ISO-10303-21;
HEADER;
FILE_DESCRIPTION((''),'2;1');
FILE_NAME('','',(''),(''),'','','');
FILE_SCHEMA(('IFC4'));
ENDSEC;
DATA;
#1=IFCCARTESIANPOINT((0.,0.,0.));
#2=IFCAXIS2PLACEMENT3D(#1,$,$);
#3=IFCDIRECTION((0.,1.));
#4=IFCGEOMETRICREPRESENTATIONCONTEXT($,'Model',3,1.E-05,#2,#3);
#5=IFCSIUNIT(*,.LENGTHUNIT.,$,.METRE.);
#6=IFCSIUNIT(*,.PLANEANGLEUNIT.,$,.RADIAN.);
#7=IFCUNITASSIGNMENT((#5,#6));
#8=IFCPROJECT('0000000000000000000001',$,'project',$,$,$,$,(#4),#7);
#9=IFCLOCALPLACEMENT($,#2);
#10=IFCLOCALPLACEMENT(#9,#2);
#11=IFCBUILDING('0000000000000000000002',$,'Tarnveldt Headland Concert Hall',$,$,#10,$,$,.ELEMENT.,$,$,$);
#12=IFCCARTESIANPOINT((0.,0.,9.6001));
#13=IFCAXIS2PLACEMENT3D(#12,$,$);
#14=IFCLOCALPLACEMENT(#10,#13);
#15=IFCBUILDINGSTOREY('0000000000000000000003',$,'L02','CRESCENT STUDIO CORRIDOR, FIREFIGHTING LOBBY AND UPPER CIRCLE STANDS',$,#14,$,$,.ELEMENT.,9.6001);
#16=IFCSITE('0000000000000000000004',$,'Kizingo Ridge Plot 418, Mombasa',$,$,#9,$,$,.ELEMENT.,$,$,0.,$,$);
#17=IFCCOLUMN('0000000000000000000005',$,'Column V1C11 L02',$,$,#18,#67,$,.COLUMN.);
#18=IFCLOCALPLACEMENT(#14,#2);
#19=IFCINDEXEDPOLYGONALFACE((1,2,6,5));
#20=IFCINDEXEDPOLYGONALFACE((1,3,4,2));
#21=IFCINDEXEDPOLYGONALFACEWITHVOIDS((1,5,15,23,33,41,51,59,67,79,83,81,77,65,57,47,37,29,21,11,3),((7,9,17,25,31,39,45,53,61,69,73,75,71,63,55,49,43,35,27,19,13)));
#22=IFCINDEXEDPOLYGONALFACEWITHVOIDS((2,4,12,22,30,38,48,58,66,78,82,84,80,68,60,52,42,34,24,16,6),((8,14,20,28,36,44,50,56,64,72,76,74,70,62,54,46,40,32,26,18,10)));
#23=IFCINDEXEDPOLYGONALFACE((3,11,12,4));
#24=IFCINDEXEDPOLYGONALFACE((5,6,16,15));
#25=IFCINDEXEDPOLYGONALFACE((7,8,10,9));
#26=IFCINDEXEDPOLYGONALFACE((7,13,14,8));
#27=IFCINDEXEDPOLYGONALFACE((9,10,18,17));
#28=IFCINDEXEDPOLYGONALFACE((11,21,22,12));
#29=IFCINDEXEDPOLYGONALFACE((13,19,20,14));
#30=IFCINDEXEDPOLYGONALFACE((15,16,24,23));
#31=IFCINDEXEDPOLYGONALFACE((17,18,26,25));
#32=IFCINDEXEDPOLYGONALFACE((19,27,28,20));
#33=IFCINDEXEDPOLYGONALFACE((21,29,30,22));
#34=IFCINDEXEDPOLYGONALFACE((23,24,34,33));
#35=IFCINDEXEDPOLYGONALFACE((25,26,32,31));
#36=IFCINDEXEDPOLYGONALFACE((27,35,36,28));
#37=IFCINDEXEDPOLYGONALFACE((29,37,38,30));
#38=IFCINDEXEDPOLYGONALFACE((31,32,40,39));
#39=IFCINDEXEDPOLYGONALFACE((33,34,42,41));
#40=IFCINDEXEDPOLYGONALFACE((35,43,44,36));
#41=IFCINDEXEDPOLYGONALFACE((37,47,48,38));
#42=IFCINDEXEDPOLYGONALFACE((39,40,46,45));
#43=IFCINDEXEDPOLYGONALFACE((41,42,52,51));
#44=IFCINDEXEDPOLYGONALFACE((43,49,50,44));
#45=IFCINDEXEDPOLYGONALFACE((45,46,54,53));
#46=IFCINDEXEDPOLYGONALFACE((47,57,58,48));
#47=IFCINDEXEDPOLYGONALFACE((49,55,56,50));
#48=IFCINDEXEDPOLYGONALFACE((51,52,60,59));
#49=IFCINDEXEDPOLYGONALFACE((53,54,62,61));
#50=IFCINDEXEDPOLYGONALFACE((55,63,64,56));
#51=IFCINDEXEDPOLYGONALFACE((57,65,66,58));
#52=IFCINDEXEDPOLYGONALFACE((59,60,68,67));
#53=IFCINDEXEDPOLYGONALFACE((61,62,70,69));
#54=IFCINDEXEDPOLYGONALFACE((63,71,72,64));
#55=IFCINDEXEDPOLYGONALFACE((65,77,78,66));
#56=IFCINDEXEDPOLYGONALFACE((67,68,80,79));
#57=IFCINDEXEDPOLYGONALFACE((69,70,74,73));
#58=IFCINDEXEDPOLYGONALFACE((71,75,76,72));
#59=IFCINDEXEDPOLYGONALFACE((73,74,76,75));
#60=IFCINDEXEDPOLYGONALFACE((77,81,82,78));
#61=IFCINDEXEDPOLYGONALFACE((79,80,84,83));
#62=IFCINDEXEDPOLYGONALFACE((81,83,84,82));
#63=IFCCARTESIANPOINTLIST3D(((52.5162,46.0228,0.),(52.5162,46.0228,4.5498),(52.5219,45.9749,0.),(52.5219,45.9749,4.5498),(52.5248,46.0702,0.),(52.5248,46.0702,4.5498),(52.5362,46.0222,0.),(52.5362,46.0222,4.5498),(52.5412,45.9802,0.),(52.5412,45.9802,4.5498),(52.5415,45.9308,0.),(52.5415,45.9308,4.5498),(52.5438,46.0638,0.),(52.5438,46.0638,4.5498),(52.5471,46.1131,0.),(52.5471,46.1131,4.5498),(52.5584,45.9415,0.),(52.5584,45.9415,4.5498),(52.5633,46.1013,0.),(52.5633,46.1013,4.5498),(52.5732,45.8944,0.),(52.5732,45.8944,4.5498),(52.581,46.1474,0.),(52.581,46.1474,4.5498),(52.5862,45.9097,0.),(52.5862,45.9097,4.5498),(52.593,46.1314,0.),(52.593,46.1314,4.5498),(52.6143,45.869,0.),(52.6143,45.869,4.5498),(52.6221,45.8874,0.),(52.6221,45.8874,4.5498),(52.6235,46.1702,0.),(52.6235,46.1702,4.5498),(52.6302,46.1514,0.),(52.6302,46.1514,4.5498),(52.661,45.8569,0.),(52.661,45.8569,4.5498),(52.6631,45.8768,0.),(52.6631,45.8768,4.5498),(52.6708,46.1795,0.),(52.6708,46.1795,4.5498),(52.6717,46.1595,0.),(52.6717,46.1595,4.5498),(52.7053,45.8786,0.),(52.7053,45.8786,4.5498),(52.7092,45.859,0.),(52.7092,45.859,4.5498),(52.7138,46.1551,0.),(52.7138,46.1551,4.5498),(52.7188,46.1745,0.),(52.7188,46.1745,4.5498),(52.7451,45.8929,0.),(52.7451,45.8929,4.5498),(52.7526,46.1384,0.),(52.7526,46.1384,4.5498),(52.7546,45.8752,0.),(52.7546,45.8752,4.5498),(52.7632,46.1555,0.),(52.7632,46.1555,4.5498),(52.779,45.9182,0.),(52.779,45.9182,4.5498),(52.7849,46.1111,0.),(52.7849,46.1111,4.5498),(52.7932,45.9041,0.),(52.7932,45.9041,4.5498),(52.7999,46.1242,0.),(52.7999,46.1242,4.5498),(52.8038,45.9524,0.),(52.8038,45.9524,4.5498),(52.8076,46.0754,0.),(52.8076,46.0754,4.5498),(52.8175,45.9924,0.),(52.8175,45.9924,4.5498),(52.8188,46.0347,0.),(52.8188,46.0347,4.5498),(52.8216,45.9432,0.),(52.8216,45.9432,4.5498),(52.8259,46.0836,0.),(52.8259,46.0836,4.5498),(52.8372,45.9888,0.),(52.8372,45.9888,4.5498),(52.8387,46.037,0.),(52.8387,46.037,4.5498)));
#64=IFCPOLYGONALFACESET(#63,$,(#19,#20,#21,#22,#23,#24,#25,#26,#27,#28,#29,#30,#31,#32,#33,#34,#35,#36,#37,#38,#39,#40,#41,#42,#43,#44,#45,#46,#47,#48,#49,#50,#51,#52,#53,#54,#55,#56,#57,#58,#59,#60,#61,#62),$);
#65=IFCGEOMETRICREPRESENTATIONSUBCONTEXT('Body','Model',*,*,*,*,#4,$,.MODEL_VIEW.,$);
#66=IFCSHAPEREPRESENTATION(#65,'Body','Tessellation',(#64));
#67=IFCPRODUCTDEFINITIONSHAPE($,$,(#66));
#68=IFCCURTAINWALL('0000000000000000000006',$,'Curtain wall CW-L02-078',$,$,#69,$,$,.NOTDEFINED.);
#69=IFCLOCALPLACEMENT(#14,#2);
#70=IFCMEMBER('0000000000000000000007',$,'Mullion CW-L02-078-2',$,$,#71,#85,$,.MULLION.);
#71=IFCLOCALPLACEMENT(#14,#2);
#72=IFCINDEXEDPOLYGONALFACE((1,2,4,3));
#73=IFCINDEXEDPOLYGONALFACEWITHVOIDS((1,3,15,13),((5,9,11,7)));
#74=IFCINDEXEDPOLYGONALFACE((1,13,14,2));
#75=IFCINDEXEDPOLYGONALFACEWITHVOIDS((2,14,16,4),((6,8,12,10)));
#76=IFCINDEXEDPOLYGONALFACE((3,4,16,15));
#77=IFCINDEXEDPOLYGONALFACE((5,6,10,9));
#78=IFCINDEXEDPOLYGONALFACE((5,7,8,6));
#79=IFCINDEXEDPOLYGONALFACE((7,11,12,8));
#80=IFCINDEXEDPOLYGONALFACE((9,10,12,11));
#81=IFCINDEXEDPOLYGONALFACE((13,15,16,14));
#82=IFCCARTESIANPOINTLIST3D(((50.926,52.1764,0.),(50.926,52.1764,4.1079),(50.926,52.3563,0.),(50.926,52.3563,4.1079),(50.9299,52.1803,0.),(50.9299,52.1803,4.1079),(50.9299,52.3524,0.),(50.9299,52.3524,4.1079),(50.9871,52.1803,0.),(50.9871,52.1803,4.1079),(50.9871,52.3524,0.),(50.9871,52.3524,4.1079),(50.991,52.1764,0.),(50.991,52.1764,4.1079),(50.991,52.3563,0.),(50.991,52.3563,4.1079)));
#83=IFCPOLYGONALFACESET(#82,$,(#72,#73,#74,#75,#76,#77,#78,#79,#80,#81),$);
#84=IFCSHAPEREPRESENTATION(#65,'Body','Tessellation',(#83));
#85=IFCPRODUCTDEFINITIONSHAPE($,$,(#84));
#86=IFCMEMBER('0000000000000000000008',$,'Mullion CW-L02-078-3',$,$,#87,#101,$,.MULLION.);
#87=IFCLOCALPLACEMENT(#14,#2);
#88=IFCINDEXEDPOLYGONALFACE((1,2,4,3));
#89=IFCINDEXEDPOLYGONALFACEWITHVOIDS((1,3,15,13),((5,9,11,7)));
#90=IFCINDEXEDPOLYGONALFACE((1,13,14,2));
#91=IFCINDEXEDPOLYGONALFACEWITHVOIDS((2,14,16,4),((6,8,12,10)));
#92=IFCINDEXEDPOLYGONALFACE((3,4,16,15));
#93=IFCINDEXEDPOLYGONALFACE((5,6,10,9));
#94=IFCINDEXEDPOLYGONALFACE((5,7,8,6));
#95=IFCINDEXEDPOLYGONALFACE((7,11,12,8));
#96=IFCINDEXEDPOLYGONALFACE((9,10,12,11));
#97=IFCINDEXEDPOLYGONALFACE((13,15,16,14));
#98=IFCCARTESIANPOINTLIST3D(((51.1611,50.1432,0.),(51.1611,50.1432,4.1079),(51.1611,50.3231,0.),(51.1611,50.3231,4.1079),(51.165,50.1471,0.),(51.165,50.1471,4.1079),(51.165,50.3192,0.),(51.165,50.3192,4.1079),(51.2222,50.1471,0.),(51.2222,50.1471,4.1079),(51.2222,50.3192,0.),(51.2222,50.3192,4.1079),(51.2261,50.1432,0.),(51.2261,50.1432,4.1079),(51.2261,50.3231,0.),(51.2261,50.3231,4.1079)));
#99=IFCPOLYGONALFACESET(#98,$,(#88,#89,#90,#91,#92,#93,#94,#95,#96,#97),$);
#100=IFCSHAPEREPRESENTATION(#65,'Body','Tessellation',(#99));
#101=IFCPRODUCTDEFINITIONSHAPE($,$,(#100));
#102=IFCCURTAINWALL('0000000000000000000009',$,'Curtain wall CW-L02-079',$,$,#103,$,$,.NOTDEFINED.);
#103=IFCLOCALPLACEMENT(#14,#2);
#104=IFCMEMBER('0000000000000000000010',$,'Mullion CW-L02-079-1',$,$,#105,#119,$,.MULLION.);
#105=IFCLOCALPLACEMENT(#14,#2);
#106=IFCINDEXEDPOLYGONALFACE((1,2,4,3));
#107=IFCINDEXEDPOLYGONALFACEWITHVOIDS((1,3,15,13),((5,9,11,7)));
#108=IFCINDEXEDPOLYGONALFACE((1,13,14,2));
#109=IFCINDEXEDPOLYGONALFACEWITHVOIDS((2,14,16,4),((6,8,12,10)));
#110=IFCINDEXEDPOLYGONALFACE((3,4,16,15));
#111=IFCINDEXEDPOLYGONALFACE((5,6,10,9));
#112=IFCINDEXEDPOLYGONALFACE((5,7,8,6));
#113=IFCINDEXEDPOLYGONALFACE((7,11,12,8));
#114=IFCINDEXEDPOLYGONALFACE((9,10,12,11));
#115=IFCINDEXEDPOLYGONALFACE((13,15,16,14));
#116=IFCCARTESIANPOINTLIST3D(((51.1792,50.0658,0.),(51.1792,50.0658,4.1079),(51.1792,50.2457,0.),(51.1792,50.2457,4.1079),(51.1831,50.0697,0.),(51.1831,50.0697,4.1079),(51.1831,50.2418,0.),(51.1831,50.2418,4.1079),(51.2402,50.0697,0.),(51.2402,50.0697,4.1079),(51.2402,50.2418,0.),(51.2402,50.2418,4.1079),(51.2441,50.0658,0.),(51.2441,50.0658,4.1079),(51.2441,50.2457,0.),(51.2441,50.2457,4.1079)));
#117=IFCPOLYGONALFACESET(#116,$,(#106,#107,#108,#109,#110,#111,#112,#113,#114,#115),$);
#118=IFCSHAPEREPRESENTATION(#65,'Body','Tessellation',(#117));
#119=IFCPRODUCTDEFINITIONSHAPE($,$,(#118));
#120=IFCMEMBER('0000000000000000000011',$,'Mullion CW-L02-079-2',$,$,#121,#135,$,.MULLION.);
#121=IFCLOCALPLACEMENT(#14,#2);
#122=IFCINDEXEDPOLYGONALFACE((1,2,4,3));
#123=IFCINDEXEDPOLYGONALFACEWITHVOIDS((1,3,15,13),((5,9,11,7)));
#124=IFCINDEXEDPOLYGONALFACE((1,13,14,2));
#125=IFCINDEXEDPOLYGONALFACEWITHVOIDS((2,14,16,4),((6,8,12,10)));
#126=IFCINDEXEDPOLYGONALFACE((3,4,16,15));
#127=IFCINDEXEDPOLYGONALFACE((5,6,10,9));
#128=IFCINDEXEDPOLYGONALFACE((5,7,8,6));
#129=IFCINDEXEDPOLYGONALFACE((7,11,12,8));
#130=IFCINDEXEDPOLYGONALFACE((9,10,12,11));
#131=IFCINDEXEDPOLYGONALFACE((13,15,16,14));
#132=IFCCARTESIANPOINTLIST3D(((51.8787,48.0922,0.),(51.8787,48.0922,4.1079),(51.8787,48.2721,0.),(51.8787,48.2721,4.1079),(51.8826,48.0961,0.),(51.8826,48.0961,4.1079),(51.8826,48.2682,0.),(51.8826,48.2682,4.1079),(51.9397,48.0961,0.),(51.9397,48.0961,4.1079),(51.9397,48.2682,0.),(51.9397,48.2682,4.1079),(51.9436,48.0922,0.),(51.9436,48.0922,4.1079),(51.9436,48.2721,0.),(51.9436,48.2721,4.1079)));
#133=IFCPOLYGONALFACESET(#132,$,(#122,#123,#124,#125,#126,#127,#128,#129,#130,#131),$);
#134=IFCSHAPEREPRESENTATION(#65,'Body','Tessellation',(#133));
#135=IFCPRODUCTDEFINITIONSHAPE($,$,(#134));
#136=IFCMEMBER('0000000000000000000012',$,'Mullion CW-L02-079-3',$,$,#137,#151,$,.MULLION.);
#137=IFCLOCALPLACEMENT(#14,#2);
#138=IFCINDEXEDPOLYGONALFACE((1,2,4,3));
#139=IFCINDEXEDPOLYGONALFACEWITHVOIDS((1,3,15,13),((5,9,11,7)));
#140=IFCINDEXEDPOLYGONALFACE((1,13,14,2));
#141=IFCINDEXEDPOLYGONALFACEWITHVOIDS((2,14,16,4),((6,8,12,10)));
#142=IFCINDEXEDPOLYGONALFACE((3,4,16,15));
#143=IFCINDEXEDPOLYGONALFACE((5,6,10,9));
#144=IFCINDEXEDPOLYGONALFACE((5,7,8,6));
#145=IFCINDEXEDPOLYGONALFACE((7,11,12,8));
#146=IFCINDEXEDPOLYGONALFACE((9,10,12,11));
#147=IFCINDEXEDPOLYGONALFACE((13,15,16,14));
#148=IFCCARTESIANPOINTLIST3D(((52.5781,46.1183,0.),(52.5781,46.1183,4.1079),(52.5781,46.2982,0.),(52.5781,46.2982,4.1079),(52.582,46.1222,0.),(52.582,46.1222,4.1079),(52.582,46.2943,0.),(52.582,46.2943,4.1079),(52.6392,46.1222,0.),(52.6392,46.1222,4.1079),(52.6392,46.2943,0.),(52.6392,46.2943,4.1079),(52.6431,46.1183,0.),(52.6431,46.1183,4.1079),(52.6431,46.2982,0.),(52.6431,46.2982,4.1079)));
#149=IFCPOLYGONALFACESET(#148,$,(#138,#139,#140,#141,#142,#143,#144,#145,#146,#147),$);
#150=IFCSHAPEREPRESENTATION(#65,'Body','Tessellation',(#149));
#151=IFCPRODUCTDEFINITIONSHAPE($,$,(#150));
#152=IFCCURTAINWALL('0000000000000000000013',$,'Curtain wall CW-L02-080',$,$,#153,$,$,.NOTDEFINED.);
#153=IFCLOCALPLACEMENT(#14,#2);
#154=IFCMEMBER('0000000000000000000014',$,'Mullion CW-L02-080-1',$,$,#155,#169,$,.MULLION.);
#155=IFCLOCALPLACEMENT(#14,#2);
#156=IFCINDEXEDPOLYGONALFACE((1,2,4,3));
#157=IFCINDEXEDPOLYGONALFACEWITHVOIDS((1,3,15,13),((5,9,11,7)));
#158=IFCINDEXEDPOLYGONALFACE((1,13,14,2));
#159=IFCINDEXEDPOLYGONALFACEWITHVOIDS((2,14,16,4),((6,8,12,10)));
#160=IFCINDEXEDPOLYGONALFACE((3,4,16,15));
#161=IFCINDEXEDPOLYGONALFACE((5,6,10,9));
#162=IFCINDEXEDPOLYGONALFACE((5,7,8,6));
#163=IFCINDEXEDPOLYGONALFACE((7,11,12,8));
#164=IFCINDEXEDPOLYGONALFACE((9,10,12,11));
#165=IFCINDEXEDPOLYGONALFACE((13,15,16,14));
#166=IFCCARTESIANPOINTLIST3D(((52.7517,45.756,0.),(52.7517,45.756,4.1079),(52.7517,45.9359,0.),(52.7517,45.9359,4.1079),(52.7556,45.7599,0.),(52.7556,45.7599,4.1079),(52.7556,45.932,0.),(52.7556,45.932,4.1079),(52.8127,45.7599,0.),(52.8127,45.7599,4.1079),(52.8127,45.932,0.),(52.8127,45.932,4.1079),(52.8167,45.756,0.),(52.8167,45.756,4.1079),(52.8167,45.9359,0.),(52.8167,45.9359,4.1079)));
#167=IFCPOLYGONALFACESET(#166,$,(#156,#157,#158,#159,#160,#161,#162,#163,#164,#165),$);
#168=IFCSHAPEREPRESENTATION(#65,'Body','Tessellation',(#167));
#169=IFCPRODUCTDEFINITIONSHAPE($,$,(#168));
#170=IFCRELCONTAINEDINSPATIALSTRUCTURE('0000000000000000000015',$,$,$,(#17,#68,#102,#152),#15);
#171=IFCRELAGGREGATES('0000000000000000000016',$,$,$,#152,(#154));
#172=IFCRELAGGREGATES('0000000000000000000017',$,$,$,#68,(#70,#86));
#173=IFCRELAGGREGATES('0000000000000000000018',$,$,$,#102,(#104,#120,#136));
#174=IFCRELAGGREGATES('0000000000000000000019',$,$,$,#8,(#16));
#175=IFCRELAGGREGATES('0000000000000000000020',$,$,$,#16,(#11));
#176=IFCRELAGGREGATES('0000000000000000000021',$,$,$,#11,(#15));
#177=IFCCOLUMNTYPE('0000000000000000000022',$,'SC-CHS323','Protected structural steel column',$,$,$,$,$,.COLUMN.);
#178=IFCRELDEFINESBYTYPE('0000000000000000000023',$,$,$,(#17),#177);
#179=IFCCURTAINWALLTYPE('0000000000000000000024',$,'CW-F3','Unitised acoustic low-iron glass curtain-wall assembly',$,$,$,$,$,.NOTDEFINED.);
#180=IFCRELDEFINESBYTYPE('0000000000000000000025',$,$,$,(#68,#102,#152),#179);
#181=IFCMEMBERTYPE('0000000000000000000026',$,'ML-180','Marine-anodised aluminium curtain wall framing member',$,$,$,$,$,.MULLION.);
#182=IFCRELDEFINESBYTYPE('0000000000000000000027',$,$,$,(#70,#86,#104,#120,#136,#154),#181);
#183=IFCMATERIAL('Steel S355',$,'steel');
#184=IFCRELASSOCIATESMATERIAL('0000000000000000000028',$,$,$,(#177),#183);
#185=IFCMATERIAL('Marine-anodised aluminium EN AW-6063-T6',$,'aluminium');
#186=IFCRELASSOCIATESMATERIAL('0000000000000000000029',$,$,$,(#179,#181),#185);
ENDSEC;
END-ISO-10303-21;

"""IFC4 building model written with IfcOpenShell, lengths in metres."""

from ifc_helpers import new_model, si_unit, direction, frame, origin, origin_2d, place, context, subcontext, project, spatial, hollow_rectangle, hollow_circle, extrude, material, material_profile, profile_set, type_object, element, aggregate, save


model = new_model("IFC4")

# Units and contexts
model_context = context("Model", 3, precision=1e-05, world=origin(), true_north=direction((0.0, 1.0)))
body_context = subcontext(model_context, "Body", "Model", "MODEL_VIEW")
ifc_project = project(units=[si_unit("LENGTHUNIT", "METRE"), si_unit("PLANEANGLEUNIT", "RADIAN")], contexts=[model_context])

# Site, building, storey
site_placement = place(None, origin())
site = spatial("IfcSite", under=ifc_project, at=site_placement, Name="Kizingo Ridge Plot 418, Mombasa", CompositionType="ELEMENT", RefElevation=0.0)
building_placement = place(site_placement, origin())
building = spatial("IfcBuilding", under=site, at=building_placement, Name="Tarnveldt Headland Concert Hall", CompositionType="ELEMENT")
storey_placement = place(building_placement, frame((0.0, 0.0, 9.6001)))
storey = spatial("IfcBuildingStorey", under=building, at=storey_placement, Name="L02", Description="CRESCENT STUDIO CORRIDOR, FIREFIGHTING LOBBY AND UPPER CIRCLE STANDS", CompositionType="ELEMENT", Elevation=9.6001)

# Column
ifc_material_1 = material(Name="Steel S355", Category="steel")
ifc_material_profile_1 = material_profile(ifc_material_1, hollow_circle(Radius=0.1619, WallThickness=0.02, at=origin_2d()), Name="CHS 323.9x20", Category="steel")
ifc_profile_set_1 = profile_set([ifc_material_profile_1], Name="Steel S355")
column_type = type_object("IfcColumnType", Name="SC-CHS323", Description="Protected structural steel column", PredefinedType="COLUMN", material=ifc_profile_set_1)
column_placement = place(storey_placement, frame((52.678, 46.0178, 0.0), z_axis=(0.0, 0.0, 1.0), x_axis=(-0.964142, -0.265388, 0.0)))
element("IfcColumn", 1, at=column_placement, inside=storey, type_object=column_type, Name="Column V1C11 L02", PredefinedType="COLUMN", context=body_context, shape_type="SweptSolid", body=[
    extrude(hollow_circle(Radius=0.1619, WallThickness=0.02, at=origin_2d()), origin(), (0.0, 0.0, 1.0), 4.5498),
])

# Curtain walls, members
ifc_material_2 = material(Name="Marine-anodised aluminium EN AW-6063-T6", Category="aluminium")
curtain_wall_type = type_object("IfcCurtainWallType", Name="CW-F3", Description="Unitised acoustic low-iron glass curtain-wall assembly", PredefinedType="NOTDEFINED", material=ifc_material_2)
curtain_wall_1_placement = place(storey_placement, origin())
curtain_wall_1 = element("IfcCurtainWall", 2, at=curtain_wall_1_placement, inside=storey, type_object=curtain_wall_type, Name="Curtain wall CW-L02-078", PredefinedType="NOTDEFINED")
ifc_material_profile_2 = material_profile(ifc_material_2, hollow_rectangle(XDim=0.0649, YDim=0.1799, WallThickness=0.0039, at=origin_2d()), Name="ALU MULLION 65x180x4", Category="aluminium")
ifc_profile_set_2 = profile_set([ifc_material_profile_2], Name="Marine-anodised aluminium EN AW-6063-T6")
member_type_1 = type_object("IfcMemberType", Name="ML-180", Description="Marine-anodised aluminium curtain wall framing member", PredefinedType="MULLION", material=ifc_profile_set_2)
member_1_placement = place(storey_placement, frame((50.9585, 52.2664, 0.0), z_axis=(0.0, 0.0, 1.0), x_axis=(1.0, 0.0, 0.0)))
member_1 = element("IfcMember", 3, at=member_1_placement, type_object=member_type_1, Name="Mullion CW-L02-078-2", PredefinedType="MULLION", context=body_context, shape_type="SweptSolid", body=[
    extrude(hollow_rectangle(XDim=0.0649, YDim=0.1799, WallThickness=0.0039, at=origin_2d()), origin(), (0.0, 0.0, 1.0), 4.1079),
])
member_2_placement = place(storey_placement, frame((51.1936, 50.2332, 0.0), z_axis=(0.0, 0.0, 1.0), x_axis=(1.0, 0.0, 0.0)))
member_2 = element("IfcMember", 4, at=member_2_placement, type_object=member_type_1, Name="Mullion CW-L02-078-3", PredefinedType="MULLION", context=body_context, shape_type="SweptSolid", body=[
    extrude(hollow_rectangle(XDim=0.0649, YDim=0.1799, WallThickness=0.0039, at=origin_2d()), origin(), (0.0, 0.0, 1.0), 4.1079),
])
curtain_wall_2_placement = place(storey_placement, origin())
curtain_wall_2 = element("IfcCurtainWall", 5, at=curtain_wall_2_placement, inside=storey, type_object=curtain_wall_type, Name="Curtain wall CW-L02-079", PredefinedType="NOTDEFINED")
member_3_placement = place(storey_placement, frame((51.2117, 50.1558, 0.0), z_axis=(0.0, 0.0, 1.0), x_axis=(1.0, 0.0, 0.0)))
member_3 = element("IfcMember", 6, at=member_3_placement, type_object=member_type_1, Name="Mullion CW-L02-079-1", PredefinedType="MULLION", context=body_context, shape_type="SweptSolid", body=[
    extrude(hollow_rectangle(XDim=0.0649, YDim=0.1799, WallThickness=0.0039, at=origin_2d()), origin(), (0.0, 0.0, 1.0), 4.1079),
])
member_4_placement = place(storey_placement, frame((51.9111, 48.1821, 0.0), z_axis=(0.0, 0.0, 1.0), x_axis=(1.0, 0.0, 0.0)))
member_4 = element("IfcMember", 7, at=member_4_placement, type_object=member_type_1, Name="Mullion CW-L02-079-2", PredefinedType="MULLION", context=body_context, shape_type="SweptSolid", body=[
    extrude(hollow_rectangle(XDim=0.0649, YDim=0.1799, WallThickness=0.0039, at=origin_2d()), origin(), (0.0, 0.0, 1.0), 4.1079),
])
member_5_placement = place(storey_placement, frame((52.6106, 46.2083, 0.0), z_axis=(0.0, 0.0, 1.0), x_axis=(1.0, 0.0, 0.0)))
member_5 = element("IfcMember", 8, at=member_5_placement, type_object=member_type_1, Name="Mullion CW-L02-079-3", PredefinedType="MULLION", context=body_context, shape_type="SweptSolid", body=[
    extrude(hollow_rectangle(XDim=0.0649, YDim=0.1799, WallThickness=0.0039, at=origin_2d()), origin(), (0.0, 0.0, 1.0), 4.1079),
])

# Curtain wall, member
curtain_wall_3_placement = place(storey_placement, origin())
curtain_wall_3 = element("IfcCurtainWall", 9, at=curtain_wall_3_placement, inside=storey, type_object=curtain_wall_type, Name="Curtain wall CW-L02-080", PredefinedType="NOTDEFINED")
member_6_placement = place(storey_placement, frame((52.7842, 45.8459, 0.0), z_axis=(0.0, 0.0, 1.0), x_axis=(1.0, 0.0, 0.0)))
member_6 = element("IfcMember", 10, at=member_6_placement, type_object=member_type_1, Name="Mullion CW-L02-080-1", PredefinedType="MULLION", context=body_context, shape_type="SweptSolid", body=[
    extrude(hollow_rectangle(XDim=0.0649, YDim=0.1799, WallThickness=0.0039, at=origin_2d()), origin(), (0.0, 0.0, 1.0), 4.1079),
])

aggregate(curtain_wall_3, [member_6])

aggregate(curtain_wall_1, [member_1, member_2])
aggregate(curtain_wall_2, [member_3, member_4, member_5])

save(model, "model.ifc")
